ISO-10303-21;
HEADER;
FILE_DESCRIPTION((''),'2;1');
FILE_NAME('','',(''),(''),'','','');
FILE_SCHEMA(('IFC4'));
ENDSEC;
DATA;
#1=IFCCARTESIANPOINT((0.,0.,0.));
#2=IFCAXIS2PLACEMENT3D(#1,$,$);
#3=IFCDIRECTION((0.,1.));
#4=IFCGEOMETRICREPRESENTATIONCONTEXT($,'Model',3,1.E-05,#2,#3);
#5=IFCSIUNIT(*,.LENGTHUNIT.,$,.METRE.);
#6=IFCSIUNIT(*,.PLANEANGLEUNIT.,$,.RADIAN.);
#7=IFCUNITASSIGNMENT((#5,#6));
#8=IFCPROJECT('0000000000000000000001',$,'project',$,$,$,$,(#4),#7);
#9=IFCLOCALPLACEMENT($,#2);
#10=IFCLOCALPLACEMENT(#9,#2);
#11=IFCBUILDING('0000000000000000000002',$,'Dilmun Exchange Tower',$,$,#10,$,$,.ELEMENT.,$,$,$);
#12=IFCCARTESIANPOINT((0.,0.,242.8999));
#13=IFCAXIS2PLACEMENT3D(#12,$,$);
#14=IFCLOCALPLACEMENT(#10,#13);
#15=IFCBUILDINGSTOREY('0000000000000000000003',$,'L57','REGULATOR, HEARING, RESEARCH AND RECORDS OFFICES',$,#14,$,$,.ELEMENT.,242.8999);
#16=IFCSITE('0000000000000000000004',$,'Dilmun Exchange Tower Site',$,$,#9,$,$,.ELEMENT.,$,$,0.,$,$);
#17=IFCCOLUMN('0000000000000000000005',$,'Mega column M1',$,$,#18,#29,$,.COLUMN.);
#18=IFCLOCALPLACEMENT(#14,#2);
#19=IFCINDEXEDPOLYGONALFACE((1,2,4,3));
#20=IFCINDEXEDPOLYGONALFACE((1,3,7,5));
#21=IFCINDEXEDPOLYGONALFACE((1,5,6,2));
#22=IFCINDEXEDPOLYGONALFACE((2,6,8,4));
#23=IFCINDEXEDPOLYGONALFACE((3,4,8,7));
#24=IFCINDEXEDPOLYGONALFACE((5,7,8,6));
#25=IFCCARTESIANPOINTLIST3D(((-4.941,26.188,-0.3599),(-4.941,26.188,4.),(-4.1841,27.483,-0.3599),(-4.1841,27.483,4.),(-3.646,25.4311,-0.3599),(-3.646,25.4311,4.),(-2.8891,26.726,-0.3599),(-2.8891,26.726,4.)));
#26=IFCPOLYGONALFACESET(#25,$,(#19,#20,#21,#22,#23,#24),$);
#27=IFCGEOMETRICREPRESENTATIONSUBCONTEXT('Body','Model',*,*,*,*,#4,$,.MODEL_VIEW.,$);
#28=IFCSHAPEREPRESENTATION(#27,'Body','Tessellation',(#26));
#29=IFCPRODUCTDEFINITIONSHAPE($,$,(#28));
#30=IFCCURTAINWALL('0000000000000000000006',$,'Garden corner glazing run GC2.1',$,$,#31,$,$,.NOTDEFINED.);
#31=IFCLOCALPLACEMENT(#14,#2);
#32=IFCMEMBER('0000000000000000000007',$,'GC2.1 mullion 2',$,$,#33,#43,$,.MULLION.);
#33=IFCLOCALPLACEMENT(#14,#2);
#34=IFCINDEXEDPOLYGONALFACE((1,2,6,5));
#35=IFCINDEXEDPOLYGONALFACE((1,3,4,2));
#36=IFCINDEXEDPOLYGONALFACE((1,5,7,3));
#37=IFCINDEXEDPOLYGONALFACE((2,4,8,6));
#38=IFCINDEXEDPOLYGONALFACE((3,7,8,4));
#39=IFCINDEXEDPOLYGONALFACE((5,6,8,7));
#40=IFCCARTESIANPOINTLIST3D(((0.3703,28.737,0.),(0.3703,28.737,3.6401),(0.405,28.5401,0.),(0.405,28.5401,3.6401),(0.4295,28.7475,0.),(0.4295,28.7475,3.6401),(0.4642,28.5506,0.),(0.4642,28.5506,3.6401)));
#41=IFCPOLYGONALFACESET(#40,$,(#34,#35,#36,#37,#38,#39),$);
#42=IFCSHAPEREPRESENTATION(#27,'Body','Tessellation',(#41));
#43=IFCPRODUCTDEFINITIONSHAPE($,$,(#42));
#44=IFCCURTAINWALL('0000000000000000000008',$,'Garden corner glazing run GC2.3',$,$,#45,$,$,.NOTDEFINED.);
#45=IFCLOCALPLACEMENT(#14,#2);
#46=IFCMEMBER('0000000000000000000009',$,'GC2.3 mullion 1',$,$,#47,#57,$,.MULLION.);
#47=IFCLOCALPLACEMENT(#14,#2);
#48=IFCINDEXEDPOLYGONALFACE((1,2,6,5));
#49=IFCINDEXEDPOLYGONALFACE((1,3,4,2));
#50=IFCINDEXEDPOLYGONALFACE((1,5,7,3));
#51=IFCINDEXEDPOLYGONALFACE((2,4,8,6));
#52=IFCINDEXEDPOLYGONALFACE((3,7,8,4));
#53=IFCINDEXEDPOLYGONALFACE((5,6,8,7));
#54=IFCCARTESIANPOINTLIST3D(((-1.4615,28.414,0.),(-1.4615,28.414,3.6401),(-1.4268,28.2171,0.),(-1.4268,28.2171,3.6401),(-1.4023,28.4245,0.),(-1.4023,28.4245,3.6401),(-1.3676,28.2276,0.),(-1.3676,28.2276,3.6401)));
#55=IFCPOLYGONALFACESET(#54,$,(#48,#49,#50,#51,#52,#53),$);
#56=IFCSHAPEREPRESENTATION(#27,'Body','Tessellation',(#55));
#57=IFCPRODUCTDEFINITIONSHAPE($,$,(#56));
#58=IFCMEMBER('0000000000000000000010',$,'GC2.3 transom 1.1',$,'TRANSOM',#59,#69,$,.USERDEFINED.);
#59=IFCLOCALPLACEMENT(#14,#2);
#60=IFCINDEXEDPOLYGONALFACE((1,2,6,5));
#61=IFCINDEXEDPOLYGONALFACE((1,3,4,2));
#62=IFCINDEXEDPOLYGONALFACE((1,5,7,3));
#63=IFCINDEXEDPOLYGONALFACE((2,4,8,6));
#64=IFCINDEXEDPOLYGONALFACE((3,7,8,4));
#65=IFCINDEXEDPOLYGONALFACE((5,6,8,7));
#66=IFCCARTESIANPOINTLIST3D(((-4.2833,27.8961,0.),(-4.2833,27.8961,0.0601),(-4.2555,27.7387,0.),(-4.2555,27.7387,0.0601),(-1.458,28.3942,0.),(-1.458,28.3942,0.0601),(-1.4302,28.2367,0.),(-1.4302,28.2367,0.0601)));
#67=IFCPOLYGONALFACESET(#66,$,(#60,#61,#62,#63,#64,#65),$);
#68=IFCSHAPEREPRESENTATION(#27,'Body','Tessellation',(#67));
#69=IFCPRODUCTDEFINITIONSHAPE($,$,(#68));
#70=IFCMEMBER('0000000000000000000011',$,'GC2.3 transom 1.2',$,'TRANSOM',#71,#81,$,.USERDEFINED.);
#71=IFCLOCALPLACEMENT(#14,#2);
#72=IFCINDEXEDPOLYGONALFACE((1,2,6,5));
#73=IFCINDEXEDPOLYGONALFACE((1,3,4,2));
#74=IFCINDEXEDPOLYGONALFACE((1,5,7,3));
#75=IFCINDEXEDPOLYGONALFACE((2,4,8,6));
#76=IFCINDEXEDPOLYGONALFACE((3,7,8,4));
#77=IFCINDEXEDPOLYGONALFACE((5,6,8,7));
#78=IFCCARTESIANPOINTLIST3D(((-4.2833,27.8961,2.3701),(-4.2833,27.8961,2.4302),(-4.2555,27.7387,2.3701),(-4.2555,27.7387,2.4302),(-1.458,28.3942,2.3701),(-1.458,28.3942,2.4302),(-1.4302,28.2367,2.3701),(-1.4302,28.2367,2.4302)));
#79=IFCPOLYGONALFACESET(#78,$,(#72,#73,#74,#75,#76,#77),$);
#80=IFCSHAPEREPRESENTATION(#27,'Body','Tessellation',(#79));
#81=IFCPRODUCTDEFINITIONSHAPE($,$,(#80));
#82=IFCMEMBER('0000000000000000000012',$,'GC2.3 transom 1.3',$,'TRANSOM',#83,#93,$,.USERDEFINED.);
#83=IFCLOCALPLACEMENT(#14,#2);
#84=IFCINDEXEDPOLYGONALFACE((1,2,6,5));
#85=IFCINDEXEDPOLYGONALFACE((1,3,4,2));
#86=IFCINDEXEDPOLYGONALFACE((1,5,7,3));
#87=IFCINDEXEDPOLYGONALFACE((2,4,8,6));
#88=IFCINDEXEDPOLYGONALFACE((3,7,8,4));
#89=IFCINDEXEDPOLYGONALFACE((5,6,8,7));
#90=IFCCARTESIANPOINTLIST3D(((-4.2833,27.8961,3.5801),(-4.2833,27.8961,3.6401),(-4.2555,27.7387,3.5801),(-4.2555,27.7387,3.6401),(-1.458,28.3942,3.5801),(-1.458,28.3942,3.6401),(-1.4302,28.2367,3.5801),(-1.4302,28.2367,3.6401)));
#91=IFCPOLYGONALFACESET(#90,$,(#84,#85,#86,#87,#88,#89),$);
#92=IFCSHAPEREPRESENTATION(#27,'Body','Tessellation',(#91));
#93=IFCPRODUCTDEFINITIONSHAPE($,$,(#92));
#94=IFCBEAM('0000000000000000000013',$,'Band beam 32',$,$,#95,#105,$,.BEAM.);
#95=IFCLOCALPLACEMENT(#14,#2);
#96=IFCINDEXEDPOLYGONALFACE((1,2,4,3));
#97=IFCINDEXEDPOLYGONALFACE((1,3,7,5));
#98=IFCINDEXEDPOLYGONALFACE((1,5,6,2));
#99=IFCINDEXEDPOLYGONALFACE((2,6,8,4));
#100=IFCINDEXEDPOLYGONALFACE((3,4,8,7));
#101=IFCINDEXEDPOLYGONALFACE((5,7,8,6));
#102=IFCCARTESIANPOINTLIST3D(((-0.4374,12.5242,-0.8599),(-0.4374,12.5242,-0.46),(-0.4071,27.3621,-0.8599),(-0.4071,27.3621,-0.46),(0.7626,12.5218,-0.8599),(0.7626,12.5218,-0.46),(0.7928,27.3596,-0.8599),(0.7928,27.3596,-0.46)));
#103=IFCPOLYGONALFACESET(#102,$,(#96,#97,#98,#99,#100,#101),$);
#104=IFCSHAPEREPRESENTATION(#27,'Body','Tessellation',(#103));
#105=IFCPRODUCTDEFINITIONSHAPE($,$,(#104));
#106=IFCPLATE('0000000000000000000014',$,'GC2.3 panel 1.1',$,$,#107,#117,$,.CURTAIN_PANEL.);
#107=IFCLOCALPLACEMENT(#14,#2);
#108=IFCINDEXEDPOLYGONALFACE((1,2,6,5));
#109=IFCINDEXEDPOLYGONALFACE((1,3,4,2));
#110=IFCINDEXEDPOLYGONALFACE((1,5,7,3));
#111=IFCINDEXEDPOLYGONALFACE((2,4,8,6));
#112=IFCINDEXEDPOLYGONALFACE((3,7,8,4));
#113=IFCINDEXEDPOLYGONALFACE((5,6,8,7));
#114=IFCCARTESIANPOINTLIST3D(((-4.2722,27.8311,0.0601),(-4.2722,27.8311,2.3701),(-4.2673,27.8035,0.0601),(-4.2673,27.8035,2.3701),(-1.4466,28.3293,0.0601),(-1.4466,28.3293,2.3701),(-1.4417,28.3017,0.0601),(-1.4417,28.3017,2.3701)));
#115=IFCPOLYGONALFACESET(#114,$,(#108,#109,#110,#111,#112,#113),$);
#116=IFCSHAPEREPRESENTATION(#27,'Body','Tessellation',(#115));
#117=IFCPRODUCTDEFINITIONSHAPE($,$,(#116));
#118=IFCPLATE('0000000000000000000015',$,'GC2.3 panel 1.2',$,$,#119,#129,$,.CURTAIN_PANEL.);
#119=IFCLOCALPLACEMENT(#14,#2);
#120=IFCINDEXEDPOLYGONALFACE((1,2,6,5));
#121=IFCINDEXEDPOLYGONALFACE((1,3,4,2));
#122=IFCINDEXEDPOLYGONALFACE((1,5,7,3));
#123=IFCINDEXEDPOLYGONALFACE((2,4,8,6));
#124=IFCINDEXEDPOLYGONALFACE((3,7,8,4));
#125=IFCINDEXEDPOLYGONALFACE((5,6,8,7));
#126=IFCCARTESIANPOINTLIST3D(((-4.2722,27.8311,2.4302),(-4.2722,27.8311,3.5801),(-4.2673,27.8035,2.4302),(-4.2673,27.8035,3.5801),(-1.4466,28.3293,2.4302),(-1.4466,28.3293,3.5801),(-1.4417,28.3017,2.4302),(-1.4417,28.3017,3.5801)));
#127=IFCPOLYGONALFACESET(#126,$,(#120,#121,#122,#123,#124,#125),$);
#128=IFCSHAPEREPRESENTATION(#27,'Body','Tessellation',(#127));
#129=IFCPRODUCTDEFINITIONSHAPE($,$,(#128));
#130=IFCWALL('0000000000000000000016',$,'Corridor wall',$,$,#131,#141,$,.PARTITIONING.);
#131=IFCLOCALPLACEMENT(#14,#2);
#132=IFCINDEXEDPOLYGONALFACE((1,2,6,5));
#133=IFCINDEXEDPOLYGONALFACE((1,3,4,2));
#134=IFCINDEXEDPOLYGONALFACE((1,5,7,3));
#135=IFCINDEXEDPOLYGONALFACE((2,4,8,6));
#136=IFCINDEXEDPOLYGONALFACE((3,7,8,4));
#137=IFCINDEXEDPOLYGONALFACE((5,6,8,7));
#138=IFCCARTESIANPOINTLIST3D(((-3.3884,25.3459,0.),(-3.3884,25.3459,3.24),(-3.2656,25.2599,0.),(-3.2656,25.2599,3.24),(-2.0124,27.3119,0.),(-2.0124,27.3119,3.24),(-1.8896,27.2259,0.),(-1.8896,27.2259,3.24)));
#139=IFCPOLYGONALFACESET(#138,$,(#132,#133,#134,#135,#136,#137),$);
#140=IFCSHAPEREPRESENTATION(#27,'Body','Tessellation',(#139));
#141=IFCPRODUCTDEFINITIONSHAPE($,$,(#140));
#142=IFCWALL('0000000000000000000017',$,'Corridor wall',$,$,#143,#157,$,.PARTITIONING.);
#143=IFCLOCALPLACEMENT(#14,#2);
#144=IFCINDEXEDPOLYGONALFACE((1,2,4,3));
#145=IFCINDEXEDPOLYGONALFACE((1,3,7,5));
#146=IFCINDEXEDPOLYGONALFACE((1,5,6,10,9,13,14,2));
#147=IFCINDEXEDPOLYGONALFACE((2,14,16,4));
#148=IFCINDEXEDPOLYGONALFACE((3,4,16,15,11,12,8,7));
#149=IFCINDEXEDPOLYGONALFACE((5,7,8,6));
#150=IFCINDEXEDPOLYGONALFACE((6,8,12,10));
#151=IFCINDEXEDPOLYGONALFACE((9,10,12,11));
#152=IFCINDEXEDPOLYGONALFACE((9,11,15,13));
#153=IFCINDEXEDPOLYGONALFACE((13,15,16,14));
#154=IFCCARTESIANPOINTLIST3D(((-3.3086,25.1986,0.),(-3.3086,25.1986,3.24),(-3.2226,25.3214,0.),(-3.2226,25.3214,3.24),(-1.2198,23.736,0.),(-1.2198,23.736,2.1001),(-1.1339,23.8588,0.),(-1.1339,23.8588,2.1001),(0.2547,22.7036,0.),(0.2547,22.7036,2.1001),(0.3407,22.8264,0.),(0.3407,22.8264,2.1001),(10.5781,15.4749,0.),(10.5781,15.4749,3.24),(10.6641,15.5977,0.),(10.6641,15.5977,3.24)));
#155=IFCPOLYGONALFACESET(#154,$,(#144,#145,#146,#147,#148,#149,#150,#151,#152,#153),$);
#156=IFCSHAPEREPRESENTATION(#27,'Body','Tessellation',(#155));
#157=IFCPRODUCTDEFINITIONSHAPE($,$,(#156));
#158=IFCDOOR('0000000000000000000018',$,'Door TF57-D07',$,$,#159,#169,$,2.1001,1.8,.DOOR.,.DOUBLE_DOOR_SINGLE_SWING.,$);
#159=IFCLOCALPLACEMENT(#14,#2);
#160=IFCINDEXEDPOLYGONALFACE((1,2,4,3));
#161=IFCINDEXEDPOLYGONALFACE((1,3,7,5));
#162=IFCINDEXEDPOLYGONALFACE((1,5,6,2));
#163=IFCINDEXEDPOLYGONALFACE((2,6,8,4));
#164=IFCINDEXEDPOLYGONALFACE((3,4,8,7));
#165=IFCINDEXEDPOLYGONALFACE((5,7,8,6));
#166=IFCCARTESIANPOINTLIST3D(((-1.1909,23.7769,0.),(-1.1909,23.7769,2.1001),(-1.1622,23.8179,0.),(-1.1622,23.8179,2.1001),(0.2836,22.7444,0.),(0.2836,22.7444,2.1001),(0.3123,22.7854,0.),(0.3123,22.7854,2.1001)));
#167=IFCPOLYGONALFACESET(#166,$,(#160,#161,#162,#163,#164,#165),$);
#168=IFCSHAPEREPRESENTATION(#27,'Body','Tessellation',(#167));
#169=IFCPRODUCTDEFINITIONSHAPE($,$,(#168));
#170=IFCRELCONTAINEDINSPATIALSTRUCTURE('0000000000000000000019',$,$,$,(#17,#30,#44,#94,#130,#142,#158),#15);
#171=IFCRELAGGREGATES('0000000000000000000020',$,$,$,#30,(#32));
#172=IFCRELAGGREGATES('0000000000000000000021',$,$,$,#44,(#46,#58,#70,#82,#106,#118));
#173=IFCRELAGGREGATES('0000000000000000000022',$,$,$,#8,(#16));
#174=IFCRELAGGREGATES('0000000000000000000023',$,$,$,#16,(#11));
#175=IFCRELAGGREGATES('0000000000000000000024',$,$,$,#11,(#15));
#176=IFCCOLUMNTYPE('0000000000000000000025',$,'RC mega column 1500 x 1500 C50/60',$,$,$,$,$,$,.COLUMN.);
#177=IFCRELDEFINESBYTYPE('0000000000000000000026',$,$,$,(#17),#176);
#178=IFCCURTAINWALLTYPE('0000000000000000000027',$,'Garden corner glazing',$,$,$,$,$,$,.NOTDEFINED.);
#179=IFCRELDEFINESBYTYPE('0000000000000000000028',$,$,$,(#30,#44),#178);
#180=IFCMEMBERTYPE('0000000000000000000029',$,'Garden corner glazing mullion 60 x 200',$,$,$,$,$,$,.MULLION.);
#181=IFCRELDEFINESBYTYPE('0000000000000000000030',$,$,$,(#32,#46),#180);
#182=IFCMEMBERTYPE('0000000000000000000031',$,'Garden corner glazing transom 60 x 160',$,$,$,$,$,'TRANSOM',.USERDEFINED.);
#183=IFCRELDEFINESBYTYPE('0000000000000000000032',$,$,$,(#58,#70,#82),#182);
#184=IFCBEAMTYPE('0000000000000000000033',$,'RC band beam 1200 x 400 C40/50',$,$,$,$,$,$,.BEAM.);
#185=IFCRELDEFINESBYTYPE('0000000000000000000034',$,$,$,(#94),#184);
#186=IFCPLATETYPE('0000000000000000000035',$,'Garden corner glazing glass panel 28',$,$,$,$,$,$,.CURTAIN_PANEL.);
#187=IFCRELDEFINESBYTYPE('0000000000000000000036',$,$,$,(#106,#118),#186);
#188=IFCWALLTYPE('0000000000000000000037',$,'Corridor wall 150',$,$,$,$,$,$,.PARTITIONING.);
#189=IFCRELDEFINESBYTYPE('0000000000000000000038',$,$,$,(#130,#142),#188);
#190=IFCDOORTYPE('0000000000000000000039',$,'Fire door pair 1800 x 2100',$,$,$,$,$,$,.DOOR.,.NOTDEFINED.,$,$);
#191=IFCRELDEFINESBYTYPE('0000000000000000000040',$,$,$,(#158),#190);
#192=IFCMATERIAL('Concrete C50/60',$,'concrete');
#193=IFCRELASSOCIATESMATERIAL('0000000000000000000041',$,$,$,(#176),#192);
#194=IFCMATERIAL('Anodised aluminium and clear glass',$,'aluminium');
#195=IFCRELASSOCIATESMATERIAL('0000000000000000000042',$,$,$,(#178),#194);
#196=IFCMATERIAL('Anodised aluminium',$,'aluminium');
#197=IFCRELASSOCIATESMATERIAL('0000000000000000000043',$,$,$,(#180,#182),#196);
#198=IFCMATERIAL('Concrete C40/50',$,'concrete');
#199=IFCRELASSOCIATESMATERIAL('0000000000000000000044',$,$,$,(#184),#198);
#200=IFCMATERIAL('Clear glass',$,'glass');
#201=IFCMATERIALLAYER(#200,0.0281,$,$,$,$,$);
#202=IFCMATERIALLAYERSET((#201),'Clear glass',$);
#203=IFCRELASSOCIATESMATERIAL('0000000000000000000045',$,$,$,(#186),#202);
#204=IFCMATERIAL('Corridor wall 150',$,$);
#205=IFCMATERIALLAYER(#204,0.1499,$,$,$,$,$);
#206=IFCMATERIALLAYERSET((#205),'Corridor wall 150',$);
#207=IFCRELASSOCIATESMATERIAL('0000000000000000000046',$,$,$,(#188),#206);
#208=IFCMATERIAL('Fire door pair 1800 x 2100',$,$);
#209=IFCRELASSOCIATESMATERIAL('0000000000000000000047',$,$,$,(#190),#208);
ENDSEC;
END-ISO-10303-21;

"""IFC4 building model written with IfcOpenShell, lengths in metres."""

from ifc_helpers import new_model, si_unit, direction, frame, frame_2d, origin, origin_2d, place, context, subcontext, project, spatial, rectangle, extrude, material, layer, layer_set, material_profile, profile_set, type_object, element, fill, aggregate, save


model = new_model("IFC4")

# Units and contexts
model_context = context("Model", 3, precision=1e-05, world=origin(), true_north=direction((0.0, 1.0)))
body_context = subcontext(model_context, "Body", "Model", "MODEL_VIEW")
ifc_project = project(units=[si_unit("LENGTHUNIT", "METRE"), si_unit("PLANEANGLEUNIT", "RADIAN")], contexts=[model_context])

# Site, building, storey
site_placement = place(None, origin())
site = spatial("IfcSite", under=ifc_project, at=site_placement, Name="Dilmun Exchange Tower Site", CompositionType="ELEMENT", RefElevation=0.0)
building_placement = place(site_placement, origin())
building = spatial("IfcBuilding", under=site, at=building_placement, Name="Dilmun Exchange Tower", CompositionType="ELEMENT")
storey_placement = place(building_placement, frame((0.0, 0.0, 242.8999)))
storey = spatial("IfcBuildingStorey", under=building, at=storey_placement, Name="L57", Description="REGULATOR, HEARING, RESEARCH AND RECORDS OFFICES", CompositionType="ELEMENT", Elevation=242.8999)

# Column
ifc_material_1 = material(Name="Concrete C50/60", Category="concrete")
ifc_material_profile_1 = material_profile(ifc_material_1, rectangle(XDim=1.5, YDim=1.5, at=origin_2d()), Name="1500 x 1500")
ifc_profile_set_1 = profile_set([ifc_material_profile_1], Name="Concrete C50/60")
column_type = type_object("IfcColumnType", Name="RC mega column 1500 x 1500 C50/60", PredefinedType="COLUMN", material=ifc_profile_set_1)
column_placement = place(storey_placement, frame((-3.915, 26.457, -0.3599), z_axis=(0.0, 0.0, 1.0), x_axis=(0.504644, 0.863328, 0.0)))
element("IfcColumn", 1, at=column_placement, inside=storey, type_object=column_type, Name="Mega column M1", PredefinedType="COLUMN", context=body_context, shape_type="SweptSolid", body=[
    extrude(rectangle(XDim=1.5, YDim=1.5, at=origin_2d()), origin(), (0.0, 0.0, 1.0), 4.3599),
])

# Curtain wall, member
ifc_material_2 = material(Name="Anodised aluminium and clear glass", Category="aluminium")
curtain_wall_type = type_object("IfcCurtainWallType", Name="Garden corner glazing", PredefinedType="NOTDEFINED", material=ifc_material_2)
curtain_wall_1_placement = place(storey_placement, origin())
curtain_wall_1 = element("IfcCurtainWall", 2, at=curtain_wall_1_placement, inside=storey, type_object=curtain_wall_type, Name="Garden corner glazing run GC2.1", PredefinedType="NOTDEFINED")
ifc_material_3 = material(Name="Anodised aluminium", Category="aluminium")
ifc_material_profile_2 = material_profile(ifc_material_3, rectangle(XDim=0.2, YDim=0.0601, at=origin_2d()), Name="AL 60x200")
ifc_profile_set_2 = profile_set([ifc_material_profile_2], Name="Anodised aluminium")
member_type_1 = type_object("IfcMemberType", Name="Garden corner glazing mullion 60 x 200", PredefinedType="MULLION", material=ifc_profile_set_2)
member_1_placement = place(storey_placement, frame((0.4172, 28.6438, 0.0), z_axis=(0.0, 0.0, 1.0), x_axis=(0.173631, -0.984811, 0.0)))
member_1 = element("IfcMember", 3, at=member_1_placement, type_object=member_type_1, Name="GC2.1 mullion 2", PredefinedType="MULLION", context=body_context, shape_type="SweptSolid", body=[
    extrude(rectangle(XDim=0.2, YDim=0.0601, at=origin_2d()), origin(), (0.0, 0.0, 1.0), 3.6401),
])
aggregate(curtain_wall_1, [member_1])

# Curtain wall, members
curtain_wall_2_placement = place(storey_placement, origin())
curtain_wall_2 = element("IfcCurtainWall", 4, at=curtain_wall_2_placement, inside=storey, type_object=curtain_wall_type, Name="Garden corner glazing run GC2.3", PredefinedType="NOTDEFINED")
member_2_placement = place(storey_placement, frame((-1.4146, 28.3208, 0.0), z_axis=(0.0, 0.0, 1.0), x_axis=(0.173631, -0.984811, 0.0)))
member_2 = element("IfcMember", 5, at=member_2_placement, type_object=member_type_1, Name="GC2.3 mullion 1", PredefinedType="MULLION", context=body_context, shape_type="SweptSolid", body=[
    extrude(rectangle(XDim=0.2, YDim=0.0601, at=origin_2d()), origin(), (0.0, 0.0, 1.0), 3.6401),
])
ifc_material_profile_3 = material_profile(ifc_material_3, rectangle(XDim=0.1599, YDim=0.0601, at=origin_2d()), Name="AL 60x160")
ifc_profile_set_3 = profile_set([ifc_material_profile_3], Name="Anodised aluminium")
member_type_2 = type_object("IfcMemberType", Name="Garden corner glazing transom 60 x 160", ElementType="TRANSOM", PredefinedType="USERDEFINED", material=ifc_profile_set_3)
member_3_placement = place(storey_placement, frame((-1.4441, 28.3154, 0.03), z_axis=(-0.984817, -0.173596, 0.0), x_axis=(0.173596, -0.984817, 0.0)))
member_3 = element("IfcMember", 6, at=member_3_placement, type_object=member_type_2, Name="GC2.3 transom 1.1", ObjectType="TRANSOM", PredefinedType="USERDEFINED", context=body_context, shape_type="SweptSolid", body=[
    extrude(rectangle(XDim=0.1599, YDim=0.0601, at=origin_2d()), origin(), (0.0, 0.0, 1.0), 2.8689),
])
member_4_placement = place(storey_placement, frame((-1.4441, 28.3154, 2.4001), z_axis=(-0.984817, -0.173596, 0.0), x_axis=(0.173596, -0.984817, 0.0)))
member_4 = element("IfcMember", 7, at=member_4_placement, type_object=member_type_2, Name="GC2.3 transom 1.2", ObjectType="TRANSOM", PredefinedType="USERDEFINED", context=body_context, shape_type="SweptSolid", body=[
    extrude(rectangle(XDim=0.1599, YDim=0.0601, at=origin_2d()), origin(), (0.0, 0.0, 1.0), 2.8689),
])
member_5_placement = place(storey_placement, frame((-1.4441, 28.3154, 3.6101), z_axis=(-0.984817, -0.173596, 0.0), x_axis=(0.173596, -0.984817, 0.0)))
member_5 = element("IfcMember", 8, at=member_5_placement, type_object=member_type_2, Name="GC2.3 transom 1.3", ObjectType="TRANSOM", PredefinedType="USERDEFINED", context=body_context, shape_type="SweptSolid", body=[
    extrude(rectangle(XDim=0.1599, YDim=0.0601, at=origin_2d()), origin(), (0.0, 0.0, 1.0), 2.8689),
])

# Beam
ifc_material_4 = material(Name="Concrete C40/50", Category="concrete")
ifc_material_profile_4 = material_profile(ifc_material_4, rectangle(XDim=1.2, YDim=0.3999, at=origin_2d()), Name="1200 x 400")
ifc_profile_set_4 = profile_set([ifc_material_profile_4], Name="Concrete C40/50")
beam_type = type_object("IfcBeamType", Name="RC band beam 1200 x 400 C40/50", PredefinedType="BEAM", material=ifc_profile_set_4)
beam_placement = place(storey_placement, frame((0.1929, 27.3608, -0.6599), z_axis=(-0.00204, -0.999998, 0.0), x_axis=(0.999998, -0.00204, 0.0)))
element("IfcBeam", 9, at=beam_placement, inside=storey, type_object=beam_type, Name="Band beam 32", PredefinedType="BEAM", context=body_context, shape_type="SweptSolid", body=[
    extrude(rectangle(XDim=1.2, YDim=0.3999, at=origin_2d()), origin(), (0.0, 0.0, 1.0), 14.8379),
])

# Plates
ifc_material_5 = material(Name="Clear glass", Category="glass")
ifc_layer_1 = layer(ifc_material_5, 0.0281)
ifc_layer_set_1 = layer_set([ifc_layer_1], Name="Clear glass")
plate_type = type_object("IfcPlateType", Name="Garden corner glazing glass panel 28", PredefinedType="CURTAIN_PANEL", material=ifc_layer_set_1)
plate_1_placement = place(storey_placement, frame((-2.8569, 28.0664, 0.0601), z_axis=(0.0, 0.0, 1.0), x_axis=(-0.984811, -0.173631, 0.0)))
plate_1 = element("IfcPlate", 10, at=plate_1_placement, type_object=plate_type, Name="GC2.3 panel 1.1", PredefinedType="CURTAIN_PANEL", context=body_context, shape_type="SweptSolid", body=[
    extrude(rectangle(XDim=2.8691, YDim=0.0281, at=origin_2d()), origin(), (0.0, 0.0, 1.0), 2.3101),
])
plate_2_placement = place(storey_placement, frame((-2.8569, 28.0664, 2.4302), z_axis=(0.0, 0.0, 1.0), x_axis=(-0.984811, -0.173631, 0.0)))
plate_2 = element("IfcPlate", 11, at=plate_2_placement, type_object=plate_type, Name="GC2.3 panel 1.2", PredefinedType="CURTAIN_PANEL", context=body_context, shape_type="SweptSolid", body=[
    extrude(rectangle(XDim=2.8691, YDim=0.0281, at=origin_2d()), origin(), (0.0, 0.0, 1.0), 1.1499),
])
aggregate(curtain_wall_2, [member_2, member_3, member_4, member_5, plate_1, plate_2])

# Wall
ifc_material_6 = material(Name="Corridor wall 150")
ifc_layer_2 = layer(ifc_material_6, 0.1499)
ifc_layer_set_2 = layer_set([ifc_layer_2], Name="Corridor wall 150")
wall_type_1 = type_object("IfcWallType", Name="Corridor wall 150", PredefinedType="PARTITIONING", material=ifc_layer_set_2)
wall_1_placement = place(storey_placement, frame((-3.3269, 25.303, 0.0), z_axis=(0.0, 0.0, 1.0), x_axis=(0.573387, 0.819284, 0.0)))
element("IfcWall", 12, at=wall_1_placement, inside=storey, type_object=wall_type_1, Name="Corridor wall", PredefinedType="PARTITIONING", context=body_context, shape_type="SweptSolid", body=[
    extrude(rectangle(XDim=2.3997, YDim=0.1499, at=frame_2d((1.1997, 0.0))), origin(), (0.0, 0.0, 1.0), 3.24),
])

# Wall, opening, door
wall_2_placement = place(storey_placement, frame((-3.2656, 25.26, 0.0), z_axis=(0.0, 0.0, 1.0), x_axis=(0.819151, -0.573578, 0.0)))
wall_2 = element("IfcWall", 13, at=wall_2_placement, inside=storey, type_object=wall_type_1, Name="Corridor wall", PredefinedType="PARTITIONING", context=body_context, shape_type="SweptSolid", body=[
    extrude(rectangle(XDim=16.9526, YDim=0.1499, at=frame_2d((8.4763, 0.0))), origin(), (0.0, 0.0, 1.0), 3.24),
])
opening_1_placement = place(wall_2_placement, frame((2.55, 0.0, 0.0)))
opening_1 = element("IfcOpeningElement", 14, at=opening_1_placement, cuts=wall_2, PredefinedType="OPENING", context=body_context, shape_type="SweptSolid", body=[
    extrude(rectangle(XDim=1.8, YDim=2.1001, at=frame_2d((0.8999, 1.05))), frame((0.0, 0.085, 0.0), z_axis=(0.0, -1.0, 0.0), x_axis=(1.0, 0.0, 0.0)), (0.0, 0.0, 1.0), 0.1699),
])
ifc_material_7 = material(Name="Fire door pair 1800 x 2100")
door_type_1 = type_object("IfcDoorType", Name="Fire door pair 1800 x 2100", OperationType="NOTDEFINED", PredefinedType="DOOR", material=ifc_material_7)
door_1_placement = place(opening_1_placement, frame((1.8, 0.0, 0.0), z_axis=(0.0, 0.0, 1.0), x_axis=(-1.0, 0.0, 0.0)))
door_1 = element("IfcDoor", 15, at=door_1_placement, inside=storey, type_object=door_type_1, Name="Door TF57-D07", OperationType="DOUBLE_DOOR_SINGLE_SWING", OverallHeight=2.1001, OverallWidth=1.8, PredefinedType="DOOR", context=body_context, shape_type="SweptSolid", body=[
    extrude(rectangle(XDim=1.8, YDim=2.1001, at=frame_2d((0.8999, 1.05))), frame((0.0, 0.0249, 0.0), z_axis=(0.0, -1.0, 0.0), x_axis=(1.0, 0.0, 0.0)), (0.0, 0.0, 1.0), 0.05),
])
fill(opening_1, door_1)

save(model, "model.ifc")
